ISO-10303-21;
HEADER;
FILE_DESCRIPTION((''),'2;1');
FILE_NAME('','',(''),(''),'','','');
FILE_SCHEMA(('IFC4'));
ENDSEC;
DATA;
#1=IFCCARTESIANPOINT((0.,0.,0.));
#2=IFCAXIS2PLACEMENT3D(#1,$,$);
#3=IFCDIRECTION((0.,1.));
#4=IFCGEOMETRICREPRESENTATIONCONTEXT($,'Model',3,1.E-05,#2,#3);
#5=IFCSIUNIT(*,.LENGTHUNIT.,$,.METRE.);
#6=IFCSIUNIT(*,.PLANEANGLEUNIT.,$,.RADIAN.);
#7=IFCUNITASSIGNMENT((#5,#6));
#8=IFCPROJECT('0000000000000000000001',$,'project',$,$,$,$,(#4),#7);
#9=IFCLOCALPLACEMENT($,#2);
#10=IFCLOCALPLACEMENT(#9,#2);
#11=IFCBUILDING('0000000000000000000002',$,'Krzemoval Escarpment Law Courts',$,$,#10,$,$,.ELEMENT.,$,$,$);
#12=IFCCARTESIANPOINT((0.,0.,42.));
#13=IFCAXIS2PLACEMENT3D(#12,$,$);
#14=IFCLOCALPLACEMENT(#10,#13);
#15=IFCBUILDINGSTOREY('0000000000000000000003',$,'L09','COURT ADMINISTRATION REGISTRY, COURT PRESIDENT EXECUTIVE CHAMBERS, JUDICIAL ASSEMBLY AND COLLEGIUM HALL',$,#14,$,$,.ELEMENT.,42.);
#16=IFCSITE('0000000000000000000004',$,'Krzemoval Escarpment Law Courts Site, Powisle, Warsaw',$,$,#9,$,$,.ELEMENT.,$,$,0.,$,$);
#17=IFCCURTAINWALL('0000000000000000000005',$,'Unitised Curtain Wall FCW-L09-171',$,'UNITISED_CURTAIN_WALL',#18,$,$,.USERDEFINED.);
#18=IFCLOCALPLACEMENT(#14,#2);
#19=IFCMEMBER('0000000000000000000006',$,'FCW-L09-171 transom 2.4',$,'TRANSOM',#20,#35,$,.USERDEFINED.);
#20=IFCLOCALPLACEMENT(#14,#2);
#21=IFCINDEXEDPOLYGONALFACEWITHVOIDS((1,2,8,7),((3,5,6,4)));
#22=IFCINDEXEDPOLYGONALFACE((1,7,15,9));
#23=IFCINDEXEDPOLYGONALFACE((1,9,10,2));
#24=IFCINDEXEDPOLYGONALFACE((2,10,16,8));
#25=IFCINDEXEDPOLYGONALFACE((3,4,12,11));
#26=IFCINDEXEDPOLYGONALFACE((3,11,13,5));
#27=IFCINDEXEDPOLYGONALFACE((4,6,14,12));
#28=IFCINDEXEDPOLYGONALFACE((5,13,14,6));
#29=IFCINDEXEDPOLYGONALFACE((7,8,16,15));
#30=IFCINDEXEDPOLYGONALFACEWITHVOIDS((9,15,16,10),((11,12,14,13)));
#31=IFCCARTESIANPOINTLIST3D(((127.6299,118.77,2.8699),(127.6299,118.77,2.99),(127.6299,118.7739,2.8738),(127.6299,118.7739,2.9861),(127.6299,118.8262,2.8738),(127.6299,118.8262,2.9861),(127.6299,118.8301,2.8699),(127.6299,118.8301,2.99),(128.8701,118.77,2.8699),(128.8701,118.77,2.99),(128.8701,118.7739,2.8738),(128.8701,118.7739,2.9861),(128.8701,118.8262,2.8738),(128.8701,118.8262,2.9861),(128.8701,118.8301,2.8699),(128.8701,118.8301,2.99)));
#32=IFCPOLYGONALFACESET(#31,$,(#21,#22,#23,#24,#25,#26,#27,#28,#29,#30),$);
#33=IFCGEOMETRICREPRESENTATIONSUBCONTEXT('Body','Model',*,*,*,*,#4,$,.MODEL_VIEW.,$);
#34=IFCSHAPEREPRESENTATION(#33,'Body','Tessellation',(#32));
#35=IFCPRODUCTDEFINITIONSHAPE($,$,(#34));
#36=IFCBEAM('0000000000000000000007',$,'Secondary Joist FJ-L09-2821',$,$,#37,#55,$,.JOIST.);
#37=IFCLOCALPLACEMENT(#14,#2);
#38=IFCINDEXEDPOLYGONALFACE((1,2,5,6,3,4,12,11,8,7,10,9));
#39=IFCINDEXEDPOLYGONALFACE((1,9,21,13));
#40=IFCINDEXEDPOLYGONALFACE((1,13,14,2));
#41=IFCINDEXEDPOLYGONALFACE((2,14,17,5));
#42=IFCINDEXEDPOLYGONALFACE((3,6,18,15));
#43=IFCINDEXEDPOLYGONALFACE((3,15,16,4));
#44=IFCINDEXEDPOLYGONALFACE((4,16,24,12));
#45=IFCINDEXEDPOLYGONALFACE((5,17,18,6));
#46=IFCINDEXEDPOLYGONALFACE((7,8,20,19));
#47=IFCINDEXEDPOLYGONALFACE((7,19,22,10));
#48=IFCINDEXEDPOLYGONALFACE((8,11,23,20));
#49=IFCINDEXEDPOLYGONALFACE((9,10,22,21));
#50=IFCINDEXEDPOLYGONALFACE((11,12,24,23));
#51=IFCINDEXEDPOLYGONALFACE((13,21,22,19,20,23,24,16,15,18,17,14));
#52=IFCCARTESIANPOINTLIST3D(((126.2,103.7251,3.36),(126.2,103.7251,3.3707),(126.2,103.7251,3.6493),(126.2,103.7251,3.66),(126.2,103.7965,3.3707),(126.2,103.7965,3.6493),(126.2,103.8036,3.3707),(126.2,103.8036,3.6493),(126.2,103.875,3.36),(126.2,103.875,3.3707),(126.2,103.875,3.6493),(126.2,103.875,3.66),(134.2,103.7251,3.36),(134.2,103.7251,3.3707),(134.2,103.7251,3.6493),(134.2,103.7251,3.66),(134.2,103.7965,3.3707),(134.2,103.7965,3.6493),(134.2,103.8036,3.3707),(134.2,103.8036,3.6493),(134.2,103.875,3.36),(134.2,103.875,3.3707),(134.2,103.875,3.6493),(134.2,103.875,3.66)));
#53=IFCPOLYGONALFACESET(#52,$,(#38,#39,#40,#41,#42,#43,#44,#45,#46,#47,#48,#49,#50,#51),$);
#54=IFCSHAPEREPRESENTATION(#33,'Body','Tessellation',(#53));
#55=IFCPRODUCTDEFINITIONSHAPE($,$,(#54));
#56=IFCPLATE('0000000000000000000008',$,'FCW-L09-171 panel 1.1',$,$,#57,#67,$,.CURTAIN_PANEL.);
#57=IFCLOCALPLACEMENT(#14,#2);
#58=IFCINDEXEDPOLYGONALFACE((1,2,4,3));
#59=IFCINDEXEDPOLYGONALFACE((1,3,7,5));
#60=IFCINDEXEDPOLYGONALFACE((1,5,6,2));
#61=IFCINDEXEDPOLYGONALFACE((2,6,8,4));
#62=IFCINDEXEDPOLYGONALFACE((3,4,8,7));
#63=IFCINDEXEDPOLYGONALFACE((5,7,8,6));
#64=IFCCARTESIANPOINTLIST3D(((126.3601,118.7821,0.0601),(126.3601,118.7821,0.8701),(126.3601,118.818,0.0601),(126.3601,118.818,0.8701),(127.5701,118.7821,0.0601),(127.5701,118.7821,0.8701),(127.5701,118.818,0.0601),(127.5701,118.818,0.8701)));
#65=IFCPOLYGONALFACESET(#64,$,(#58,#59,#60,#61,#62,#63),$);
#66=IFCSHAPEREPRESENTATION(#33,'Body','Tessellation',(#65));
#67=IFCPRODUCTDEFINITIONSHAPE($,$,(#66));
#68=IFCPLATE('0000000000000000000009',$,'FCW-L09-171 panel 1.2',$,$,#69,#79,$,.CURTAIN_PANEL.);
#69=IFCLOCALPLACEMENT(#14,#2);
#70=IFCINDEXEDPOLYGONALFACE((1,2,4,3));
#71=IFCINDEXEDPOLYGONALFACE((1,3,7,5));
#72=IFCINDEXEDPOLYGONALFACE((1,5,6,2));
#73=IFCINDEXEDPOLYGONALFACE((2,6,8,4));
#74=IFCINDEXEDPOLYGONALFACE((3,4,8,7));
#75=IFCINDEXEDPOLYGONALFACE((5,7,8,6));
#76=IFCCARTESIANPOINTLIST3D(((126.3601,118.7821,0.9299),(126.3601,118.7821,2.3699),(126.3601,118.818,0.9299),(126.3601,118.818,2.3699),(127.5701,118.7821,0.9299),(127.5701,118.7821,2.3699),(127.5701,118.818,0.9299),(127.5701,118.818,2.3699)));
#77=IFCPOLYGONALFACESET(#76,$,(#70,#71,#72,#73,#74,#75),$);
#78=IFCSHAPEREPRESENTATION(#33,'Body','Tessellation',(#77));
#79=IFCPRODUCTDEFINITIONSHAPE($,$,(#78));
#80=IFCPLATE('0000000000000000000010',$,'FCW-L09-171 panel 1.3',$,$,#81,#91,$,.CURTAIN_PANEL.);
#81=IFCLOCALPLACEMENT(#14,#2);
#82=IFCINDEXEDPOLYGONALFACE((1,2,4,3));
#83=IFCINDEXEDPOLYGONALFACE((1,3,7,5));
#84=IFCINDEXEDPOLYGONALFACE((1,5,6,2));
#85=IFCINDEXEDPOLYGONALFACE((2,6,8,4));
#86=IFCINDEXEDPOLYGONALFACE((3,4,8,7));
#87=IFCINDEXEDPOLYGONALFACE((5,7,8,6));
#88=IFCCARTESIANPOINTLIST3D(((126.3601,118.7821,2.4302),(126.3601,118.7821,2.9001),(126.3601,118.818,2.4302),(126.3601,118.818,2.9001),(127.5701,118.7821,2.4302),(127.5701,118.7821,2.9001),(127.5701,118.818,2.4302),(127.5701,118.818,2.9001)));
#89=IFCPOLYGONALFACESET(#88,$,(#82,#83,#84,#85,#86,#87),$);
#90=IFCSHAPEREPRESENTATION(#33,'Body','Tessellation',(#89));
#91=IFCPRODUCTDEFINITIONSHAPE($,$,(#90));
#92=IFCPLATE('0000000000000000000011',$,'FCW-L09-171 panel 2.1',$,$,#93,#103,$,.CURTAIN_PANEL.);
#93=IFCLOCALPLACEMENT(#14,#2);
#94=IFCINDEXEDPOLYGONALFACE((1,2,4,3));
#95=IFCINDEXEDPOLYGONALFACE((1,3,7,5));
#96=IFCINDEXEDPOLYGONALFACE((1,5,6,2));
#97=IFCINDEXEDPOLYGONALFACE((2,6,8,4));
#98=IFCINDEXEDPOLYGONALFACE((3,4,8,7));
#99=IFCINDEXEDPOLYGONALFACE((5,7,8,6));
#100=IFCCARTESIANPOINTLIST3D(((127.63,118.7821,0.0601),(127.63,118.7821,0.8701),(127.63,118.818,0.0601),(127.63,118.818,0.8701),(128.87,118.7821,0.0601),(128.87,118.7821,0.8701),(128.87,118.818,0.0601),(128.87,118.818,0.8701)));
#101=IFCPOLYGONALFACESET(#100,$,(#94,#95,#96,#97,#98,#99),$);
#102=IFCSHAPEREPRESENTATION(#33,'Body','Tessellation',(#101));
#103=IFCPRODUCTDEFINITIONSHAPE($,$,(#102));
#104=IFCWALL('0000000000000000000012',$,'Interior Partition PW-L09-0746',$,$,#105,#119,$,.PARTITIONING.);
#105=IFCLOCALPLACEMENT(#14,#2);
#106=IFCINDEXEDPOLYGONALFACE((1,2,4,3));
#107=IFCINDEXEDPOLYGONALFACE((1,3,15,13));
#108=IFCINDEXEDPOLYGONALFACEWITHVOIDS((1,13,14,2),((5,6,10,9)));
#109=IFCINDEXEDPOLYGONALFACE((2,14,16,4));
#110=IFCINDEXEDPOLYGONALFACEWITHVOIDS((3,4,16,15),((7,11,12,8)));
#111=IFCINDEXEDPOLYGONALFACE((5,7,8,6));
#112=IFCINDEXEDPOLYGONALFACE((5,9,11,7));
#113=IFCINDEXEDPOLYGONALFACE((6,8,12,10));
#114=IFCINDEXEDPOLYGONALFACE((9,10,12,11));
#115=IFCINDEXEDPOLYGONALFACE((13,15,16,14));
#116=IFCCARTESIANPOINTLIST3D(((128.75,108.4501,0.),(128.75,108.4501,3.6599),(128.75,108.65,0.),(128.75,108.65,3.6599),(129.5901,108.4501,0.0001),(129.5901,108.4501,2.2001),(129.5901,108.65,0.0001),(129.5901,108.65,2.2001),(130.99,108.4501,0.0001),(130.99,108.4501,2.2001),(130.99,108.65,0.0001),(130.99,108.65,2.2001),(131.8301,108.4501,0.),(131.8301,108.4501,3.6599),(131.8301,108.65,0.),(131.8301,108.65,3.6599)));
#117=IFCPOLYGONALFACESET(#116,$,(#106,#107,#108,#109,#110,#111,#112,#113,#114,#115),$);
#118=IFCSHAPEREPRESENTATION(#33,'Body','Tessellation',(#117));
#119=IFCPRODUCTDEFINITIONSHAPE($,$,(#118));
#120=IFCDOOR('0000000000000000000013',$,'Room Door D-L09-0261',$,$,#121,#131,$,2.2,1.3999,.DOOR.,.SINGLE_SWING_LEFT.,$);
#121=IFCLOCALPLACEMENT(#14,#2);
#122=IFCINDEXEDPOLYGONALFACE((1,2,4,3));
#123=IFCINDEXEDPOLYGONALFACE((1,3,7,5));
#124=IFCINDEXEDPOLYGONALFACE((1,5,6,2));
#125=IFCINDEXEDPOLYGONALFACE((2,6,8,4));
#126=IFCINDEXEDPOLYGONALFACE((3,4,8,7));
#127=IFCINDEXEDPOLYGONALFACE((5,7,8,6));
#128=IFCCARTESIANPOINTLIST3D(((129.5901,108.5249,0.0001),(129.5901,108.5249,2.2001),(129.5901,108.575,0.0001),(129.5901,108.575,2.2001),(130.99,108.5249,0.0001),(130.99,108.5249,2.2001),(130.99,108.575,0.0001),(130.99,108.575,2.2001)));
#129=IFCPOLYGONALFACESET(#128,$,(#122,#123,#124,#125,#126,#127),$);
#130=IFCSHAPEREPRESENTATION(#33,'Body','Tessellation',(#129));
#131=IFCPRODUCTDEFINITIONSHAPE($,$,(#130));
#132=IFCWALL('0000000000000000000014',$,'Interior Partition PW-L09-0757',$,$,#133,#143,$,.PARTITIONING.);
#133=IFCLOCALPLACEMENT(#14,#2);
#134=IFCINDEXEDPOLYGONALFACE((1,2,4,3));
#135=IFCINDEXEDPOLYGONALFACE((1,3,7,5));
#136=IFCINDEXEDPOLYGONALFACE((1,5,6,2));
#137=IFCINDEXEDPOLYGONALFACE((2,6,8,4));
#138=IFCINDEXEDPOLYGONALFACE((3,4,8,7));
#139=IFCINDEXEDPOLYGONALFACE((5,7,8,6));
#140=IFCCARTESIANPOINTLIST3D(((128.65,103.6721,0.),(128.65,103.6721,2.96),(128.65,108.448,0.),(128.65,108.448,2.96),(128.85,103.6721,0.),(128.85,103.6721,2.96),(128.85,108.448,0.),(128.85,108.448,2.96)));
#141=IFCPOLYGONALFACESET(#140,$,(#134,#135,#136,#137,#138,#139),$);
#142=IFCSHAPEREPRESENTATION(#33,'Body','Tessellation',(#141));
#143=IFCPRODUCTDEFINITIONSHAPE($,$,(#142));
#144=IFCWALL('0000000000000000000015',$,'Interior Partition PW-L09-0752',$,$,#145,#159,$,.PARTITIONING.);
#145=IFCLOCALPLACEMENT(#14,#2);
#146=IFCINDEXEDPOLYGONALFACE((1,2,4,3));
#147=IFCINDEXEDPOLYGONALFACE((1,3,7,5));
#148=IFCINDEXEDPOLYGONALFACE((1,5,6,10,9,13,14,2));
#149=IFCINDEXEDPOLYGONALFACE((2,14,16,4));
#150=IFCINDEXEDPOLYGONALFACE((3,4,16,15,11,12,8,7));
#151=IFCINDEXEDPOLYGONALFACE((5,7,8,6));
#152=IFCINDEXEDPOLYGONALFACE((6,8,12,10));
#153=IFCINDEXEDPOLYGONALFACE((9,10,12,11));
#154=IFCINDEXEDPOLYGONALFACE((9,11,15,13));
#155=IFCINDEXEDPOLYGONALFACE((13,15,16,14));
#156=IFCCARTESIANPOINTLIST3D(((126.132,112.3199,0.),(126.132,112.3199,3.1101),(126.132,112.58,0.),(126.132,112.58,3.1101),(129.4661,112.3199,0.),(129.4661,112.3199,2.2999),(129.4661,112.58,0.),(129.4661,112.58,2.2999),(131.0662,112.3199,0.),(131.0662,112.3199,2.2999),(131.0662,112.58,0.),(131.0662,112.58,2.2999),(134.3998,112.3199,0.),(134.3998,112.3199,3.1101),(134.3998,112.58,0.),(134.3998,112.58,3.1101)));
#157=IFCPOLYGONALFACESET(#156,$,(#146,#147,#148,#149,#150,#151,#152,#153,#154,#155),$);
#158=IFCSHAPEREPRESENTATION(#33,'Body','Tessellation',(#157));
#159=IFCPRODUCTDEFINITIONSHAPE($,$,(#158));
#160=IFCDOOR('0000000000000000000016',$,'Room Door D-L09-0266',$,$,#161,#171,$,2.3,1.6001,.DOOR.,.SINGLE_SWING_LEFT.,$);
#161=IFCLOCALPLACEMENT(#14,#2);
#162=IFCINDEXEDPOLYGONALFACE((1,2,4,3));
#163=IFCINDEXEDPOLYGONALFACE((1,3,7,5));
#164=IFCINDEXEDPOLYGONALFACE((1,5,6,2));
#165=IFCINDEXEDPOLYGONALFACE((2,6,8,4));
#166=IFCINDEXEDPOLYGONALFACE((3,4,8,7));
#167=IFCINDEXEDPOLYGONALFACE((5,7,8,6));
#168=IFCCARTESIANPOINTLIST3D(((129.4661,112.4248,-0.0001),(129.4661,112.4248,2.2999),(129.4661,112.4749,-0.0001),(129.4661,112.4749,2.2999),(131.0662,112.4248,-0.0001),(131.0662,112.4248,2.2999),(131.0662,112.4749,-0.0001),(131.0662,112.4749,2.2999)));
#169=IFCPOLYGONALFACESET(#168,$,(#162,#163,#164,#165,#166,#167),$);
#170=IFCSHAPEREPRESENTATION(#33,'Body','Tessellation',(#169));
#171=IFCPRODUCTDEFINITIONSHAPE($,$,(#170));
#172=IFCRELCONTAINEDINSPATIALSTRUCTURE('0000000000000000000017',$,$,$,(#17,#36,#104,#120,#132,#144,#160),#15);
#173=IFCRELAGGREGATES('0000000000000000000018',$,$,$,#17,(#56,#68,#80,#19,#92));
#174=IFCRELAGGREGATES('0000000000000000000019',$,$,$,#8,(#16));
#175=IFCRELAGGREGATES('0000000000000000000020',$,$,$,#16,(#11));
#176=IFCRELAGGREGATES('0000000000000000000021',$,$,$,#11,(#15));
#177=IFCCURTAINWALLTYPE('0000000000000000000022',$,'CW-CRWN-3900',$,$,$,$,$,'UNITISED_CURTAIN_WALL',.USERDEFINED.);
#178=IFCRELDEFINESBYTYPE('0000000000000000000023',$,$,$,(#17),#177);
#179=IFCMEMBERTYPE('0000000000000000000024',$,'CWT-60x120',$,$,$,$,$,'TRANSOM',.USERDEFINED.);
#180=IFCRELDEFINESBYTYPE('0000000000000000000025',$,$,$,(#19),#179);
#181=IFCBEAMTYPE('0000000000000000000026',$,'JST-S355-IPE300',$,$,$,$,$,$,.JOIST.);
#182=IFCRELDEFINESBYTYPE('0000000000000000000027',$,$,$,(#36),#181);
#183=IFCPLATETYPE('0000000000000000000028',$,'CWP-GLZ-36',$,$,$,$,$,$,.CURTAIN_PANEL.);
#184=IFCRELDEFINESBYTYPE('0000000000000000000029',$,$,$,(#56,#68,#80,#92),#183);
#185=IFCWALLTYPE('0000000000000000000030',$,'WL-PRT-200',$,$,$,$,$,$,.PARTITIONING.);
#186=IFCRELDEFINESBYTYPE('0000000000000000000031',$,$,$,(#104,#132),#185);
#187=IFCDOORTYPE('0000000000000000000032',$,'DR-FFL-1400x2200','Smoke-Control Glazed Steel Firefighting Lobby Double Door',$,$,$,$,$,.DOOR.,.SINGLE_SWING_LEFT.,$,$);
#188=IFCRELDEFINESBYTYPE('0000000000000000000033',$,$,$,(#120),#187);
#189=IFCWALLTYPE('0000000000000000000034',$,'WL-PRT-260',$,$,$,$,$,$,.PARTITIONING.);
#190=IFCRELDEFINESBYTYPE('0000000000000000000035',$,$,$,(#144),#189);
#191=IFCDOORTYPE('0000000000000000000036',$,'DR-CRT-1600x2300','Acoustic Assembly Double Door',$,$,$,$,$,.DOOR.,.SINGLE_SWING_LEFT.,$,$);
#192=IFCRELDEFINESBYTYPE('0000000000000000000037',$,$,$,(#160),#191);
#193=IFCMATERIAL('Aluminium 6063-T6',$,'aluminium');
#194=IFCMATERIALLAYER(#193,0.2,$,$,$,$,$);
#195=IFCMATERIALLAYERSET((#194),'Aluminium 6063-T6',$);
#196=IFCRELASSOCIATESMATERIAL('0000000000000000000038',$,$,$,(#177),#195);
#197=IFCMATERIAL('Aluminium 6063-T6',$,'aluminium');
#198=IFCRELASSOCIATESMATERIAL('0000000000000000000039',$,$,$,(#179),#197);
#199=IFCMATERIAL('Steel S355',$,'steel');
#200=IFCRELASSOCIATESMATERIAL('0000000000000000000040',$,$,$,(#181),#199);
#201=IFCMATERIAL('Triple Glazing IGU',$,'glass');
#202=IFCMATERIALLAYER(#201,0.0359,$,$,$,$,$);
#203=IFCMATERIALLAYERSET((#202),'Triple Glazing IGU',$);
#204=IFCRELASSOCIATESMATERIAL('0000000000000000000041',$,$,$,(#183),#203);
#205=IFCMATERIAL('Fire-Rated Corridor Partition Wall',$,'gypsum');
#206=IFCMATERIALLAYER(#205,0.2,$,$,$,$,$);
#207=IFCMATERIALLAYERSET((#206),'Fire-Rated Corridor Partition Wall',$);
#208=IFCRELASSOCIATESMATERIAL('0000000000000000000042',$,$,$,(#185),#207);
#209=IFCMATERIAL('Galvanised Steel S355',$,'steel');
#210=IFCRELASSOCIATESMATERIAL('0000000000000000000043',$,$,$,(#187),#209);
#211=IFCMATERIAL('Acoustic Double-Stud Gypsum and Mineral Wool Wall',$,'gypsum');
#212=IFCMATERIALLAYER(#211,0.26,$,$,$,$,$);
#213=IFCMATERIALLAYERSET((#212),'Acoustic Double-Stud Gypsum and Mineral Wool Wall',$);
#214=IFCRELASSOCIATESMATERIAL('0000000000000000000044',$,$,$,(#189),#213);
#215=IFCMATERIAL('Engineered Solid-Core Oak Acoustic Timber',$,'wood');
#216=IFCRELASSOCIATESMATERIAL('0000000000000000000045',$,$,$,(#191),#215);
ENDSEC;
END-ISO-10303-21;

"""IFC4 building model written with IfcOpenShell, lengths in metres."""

from ifc_helpers import new_model, si_unit, direction, frame, frame_2d, origin, origin_2d, place, context, subcontext, project, spatial, rectangle, hollow_rectangle, i_section, extrude, material, layer, layer_set, material_profile, profile_set, type_object, element, fill, aggregate, save


model = new_model("IFC4")

# Units and contexts
model_context = context("Model", 3, precision=1e-05, world=origin(), true_north=direction((0.0, 1.0)))
body_context = subcontext(model_context, "Body", "Model", "MODEL_VIEW")
ifc_project = project(units=[si_unit("LENGTHUNIT", "METRE"), si_unit("PLANEANGLEUNIT", "RADIAN")], contexts=[model_context])

# Site, building, storey
site_placement = place(None, origin())
site = spatial("IfcSite", under=ifc_project, at=site_placement, Name="Krzemoval Escarpment Law Courts Site, Powisle, Warsaw", CompositionType="ELEMENT", RefElevation=0.0)
building_placement = place(site_placement, origin())
building = spatial("IfcBuilding", under=site, at=building_placement, Name="Krzemoval Escarpment Law Courts", CompositionType="ELEMENT")
storey_placement = place(building_placement, frame((0.0, 0.0, 42.0)))
storey = spatial("IfcBuildingStorey", under=building, at=storey_placement, Name="L09", Description="COURT ADMINISTRATION REGISTRY, COURT PRESIDENT EXECUTIVE CHAMBERS, JUDICIAL ASSEMBLY AND COLLEGIUM HALL", CompositionType="ELEMENT", Elevation=42.0)

# Curtain wall, member
ifc_material_1 = material(Name="Aluminium 6063-T6", Category="aluminium")
ifc_layer_1 = layer(ifc_material_1, 0.2)
ifc_layer_set_1 = layer_set([ifc_layer_1], Name="Aluminium 6063-T6")
curtain_wall_type = type_object("IfcCurtainWallType", Name="CW-CRWN-3900", ElementType="UNITISED_CURTAIN_WALL", PredefinedType="USERDEFINED", material=ifc_layer_set_1)
curtain_wall_placement = place(storey_placement, origin())
curtain_wall = element("IfcCurtainWall", 1, at=curtain_wall_placement, inside=storey, type_object=curtain_wall_type, Name="Unitised Curtain Wall FCW-L09-171", ObjectType="UNITISED_CURTAIN_WALL", PredefinedType="USERDEFINED")
ifc_material_2 = material(Name="Aluminium 6063-T6", Category="aluminium")
ifc_material_profile_1 = material_profile(ifc_material_2, hollow_rectangle(XDim=0.0601, YDim=0.1201, WallThickness=0.0039, at=origin_2d()), Name="ALU T60x120")
ifc_profile_set_1 = profile_set([ifc_material_profile_1], Name="Aluminium 6063-T6")
member_type_1 = type_object("IfcMemberType", Name="CWT-60x120", ElementType="TRANSOM", PredefinedType="USERDEFINED", material=ifc_profile_set_1)
member_1_placement = place(storey_placement, frame((127.6299, 118.8, 2.9299), z_axis=(1.0, 0.0, 0.0), x_axis=(0.0, 1.0, 0.0)))
member_1 = element("IfcMember", 2, at=member_1_placement, type_object=member_type_1, Name="FCW-L09-171 transom 2.4", ObjectType="TRANSOM", PredefinedType="USERDEFINED", context=body_context, shape_type="SweptSolid", body=[
    extrude(hollow_rectangle(XDim=0.0601, YDim=0.1201, WallThickness=0.0039, at=origin_2d()), origin(), (0.0, 0.0, 1.0), 1.2402),
])

# Beam
ifc_material_3 = material(Name="Steel S355", Category="steel")
ifc_material_profile_2 = material_profile(ifc_material_3, i_section(OverallWidth=0.1499, OverallDepth=0.3, WebThickness=0.0071, FlangeThickness=0.0107, at=origin_2d()), Name="IPE 300")
ifc_profile_set_2 = profile_set([ifc_material_profile_2], Name="Steel S355")
beam_type_1 = type_object("IfcBeamType", Name="JST-S355-IPE300", PredefinedType="JOIST", material=ifc_profile_set_2)
beam_placement = place(storey_placement, frame((126.2, 103.8, 3.51), z_axis=(1.0, 0.0, 0.0), x_axis=(0.0, 1.0, 0.0)))
element("IfcBeam", 3, at=beam_placement, inside=storey, type_object=beam_type_1, Name="Secondary Joist FJ-L09-2821", PredefinedType="JOIST", context=body_context, shape_type="SweptSolid", body=[
    extrude(i_section(OverallWidth=0.1499, OverallDepth=0.3, WebThickness=0.0071, FlangeThickness=0.0107, at=origin_2d()), origin(), (0.0, 0.0, 1.0), 8.0),
])

# Plates
ifc_material_4 = material(Name="Triple Glazing IGU", Category="glass")
ifc_layer_2 = layer(ifc_material_4, 0.0359)
ifc_layer_set_2 = layer_set([ifc_layer_2], Name="Triple Glazing IGU")
plate_type = type_object("IfcPlateType", Name="CWP-GLZ-36", PredefinedType="CURTAIN_PANEL", material=ifc_layer_set_2)
plate_1_placement = place(storey_placement, frame((126.9651, 118.8, 0.0601), z_axis=(0.0, 0.0, 1.0), x_axis=(1.0, 0.0, 0.0)))
plate_1 = element("IfcPlate", 4, at=plate_1_placement, type_object=plate_type, Name="FCW-L09-171 panel 1.1", PredefinedType="CURTAIN_PANEL", context=body_context, shape_type="SweptSolid", body=[
    extrude(rectangle(XDim=1.21, YDim=0.0359, at=origin_2d()), origin(), (0.0, 0.0, 1.0), 0.8101),
])
plate_2_placement = place(storey_placement, frame((126.9651, 118.8, 0.9299), z_axis=(0.0, 0.0, 1.0), x_axis=(1.0, 0.0, 0.0)))
plate_2 = element("IfcPlate", 5, at=plate_2_placement, type_object=plate_type, Name="FCW-L09-171 panel 1.2", PredefinedType="CURTAIN_PANEL", context=body_context, shape_type="SweptSolid", body=[
    extrude(rectangle(XDim=1.21, YDim=0.0359, at=origin_2d()), origin(), (0.0, 0.0, 1.0), 1.4399),
])
plate_3_placement = place(storey_placement, frame((126.9651, 118.8, 2.4302), z_axis=(0.0, 0.0, 1.0), x_axis=(1.0, 0.0, 0.0)))
plate_3 = element("IfcPlate", 6, at=plate_3_placement, type_object=plate_type, Name="FCW-L09-171 panel 1.3", PredefinedType="CURTAIN_PANEL", context=body_context, shape_type="SweptSolid", body=[
    extrude(rectangle(XDim=1.21, YDim=0.0359, at=origin_2d()), origin(), (0.0, 0.0, 1.0), 0.47),
])
plate_4_placement = place(storey_placement, frame((128.25, 118.8, 0.0601), z_axis=(0.0, 0.0, 1.0), x_axis=(1.0, 0.0, 0.0)))
plate_4 = element("IfcPlate", 7, at=plate_4_placement, type_object=plate_type, Name="FCW-L09-171 panel 2.1", PredefinedType="CURTAIN_PANEL", context=body_context, shape_type="SweptSolid", body=[
    extrude(rectangle(XDim=1.24, YDim=0.0359, at=origin_2d()), origin(), (0.0, 0.0, 1.0), 0.8101),
])
aggregate(curtain_wall, [plate_1, plate_2, plate_3, member_1, plate_4])

# Wall, opening, door
ifc_material_5 = material(Name="Fire-Rated Corridor Partition Wall", Category="gypsum")
ifc_layer_3 = layer(ifc_material_5, 0.2)
ifc_layer_set_3 = layer_set([ifc_layer_3], Name="Fire-Rated Corridor Partition Wall")
wall_type_1 = type_object("IfcWallType", Name="WL-PRT-200", PredefinedType="PARTITIONING", material=ifc_layer_set_3)
wall_1_placement = place(storey_placement, frame((128.75, 108.55, 0.0), z_axis=(0.0, 0.0, 1.0), x_axis=(1.0, 0.0, 0.0)))
wall_1 = element("IfcWall", 8, at=wall_1_placement, inside=storey, type_object=wall_type_1, Name="Interior Partition PW-L09-0746", PredefinedType="PARTITIONING", context=body_context, shape_type="SweptSolid", body=[
    extrude(rectangle(XDim=3.0801, YDim=0.2, at=frame_2d((1.54, 0.0))), origin(), (0.0, 0.0, 1.0), 3.6599),
])
opening_1_placement = place(wall_1_placement, frame((0.8401, 0.0, 0.0)))
opening_1 = element("IfcOpeningElement", 9, at=opening_1_placement, cuts=wall_1, PredefinedType="OPENING", context=body_context, shape_type="SweptSolid", body=[
    extrude(rectangle(XDim=1.3999, YDim=2.2, at=frame_2d((0.7, 1.1001))), frame((0.0, 0.115, 0.0), z_axis=(0.0, -1.0, 0.0), x_axis=(1.0, 0.0, 0.0)), (0.0, 0.0, 1.0), 0.2299),
])
ifc_material_6 = material(Name="Galvanised Steel S355", Category="steel")
door_type_1 = type_object("IfcDoorType", Name="DR-FFL-1400x2200", Description="Smoke-Control Glazed Steel Firefighting Lobby Double Door", OperationType="SINGLE_SWING_LEFT", PredefinedType="DOOR", material=ifc_material_6)
door_1_placement = place(opening_1_placement, origin())
door_1 = element("IfcDoor", 10, at=door_1_placement, inside=storey, type_object=door_type_1, Name="Room Door D-L09-0261", OperationType="SINGLE_SWING_LEFT", OverallHeight=2.2, OverallWidth=1.3999, PredefinedType="DOOR", context=body_context, shape_type="SweptSolid", body=[
    extrude(rectangle(XDim=1.3999, YDim=2.2, at=frame_2d((0.7, 1.1001))), frame((0.0, 0.0249, 0.0), z_axis=(0.0, -1.0, 0.0), x_axis=(1.0, 0.0, 0.0)), (0.0, 0.0, 1.0), 0.05),
])
fill(opening_1, door_1)

# Wall
wall_2_placement = place(storey_placement, frame((128.75, 103.6721, 0.0), z_axis=(0.0, 0.0, 1.0), x_axis=(0.0, 1.0, 0.0)))
element("IfcWall", 11, at=wall_2_placement, inside=storey, type_object=wall_type_1, Name="Interior Partition PW-L09-0757", PredefinedType="PARTITIONING", context=body_context, shape_type="SweptSolid", body=[
    extrude(rectangle(XDim=4.7759, YDim=0.2, at=frame_2d((2.3879, 0.0))), origin(), (0.0, 0.0, 1.0), 2.96),
])

# Wall, opening, door
ifc_material_7 = material(Name="Acoustic Double-Stud Gypsum and Mineral Wool Wall", Category="gypsum")
ifc_layer_4 = layer(ifc_material_7, 0.26)
ifc_layer_set_4 = layer_set([ifc_layer_4], Name="Acoustic Double-Stud Gypsum and Mineral Wool Wall")
wall_type_2 = type_object("IfcWallType", Name="WL-PRT-260", PredefinedType="PARTITIONING", material=ifc_layer_set_4)
wall_3_placement = place(storey_placement, frame((126.1321, 112.45, 0.0), z_axis=(0.0, 0.0, 1.0), x_axis=(1.0, 0.0, 0.0)))
wall_3 = element("IfcWall", 12, at=wall_3_placement, inside=storey, type_object=wall_type_2, Name="Interior Partition PW-L09-0752", PredefinedType="PARTITIONING", context=body_context, shape_type="SweptSolid", body=[
    extrude(rectangle(XDim=8.2678, YDim=0.26, at=frame_2d((4.1338, 0.0))), origin(), (0.0, 0.0, 1.0), 3.1101),
])
opening_2_placement = place(wall_3_placement, frame((3.334, 0.0, 0.0)))
opening_2 = element("IfcOpeningElement", 13, at=opening_2_placement, cuts=wall_3, PredefinedType="OPENING", context=body_context, shape_type="SweptSolid", body=[
    extrude(rectangle(XDim=1.6001, YDim=2.3, at=frame_2d((0.8, 1.1499))), frame((0.0, 0.145, 0.0), z_axis=(0.0, -1.0, 0.0), x_axis=(1.0, 0.0, 0.0)), (0.0, 0.0, 1.0), 0.29),
])
ifc_material_8 = material(Name="Engineered Solid-Core Oak Acoustic Timber", Category="wood")
door_type_2 = type_object("IfcDoorType", Name="DR-CRT-1600x2300", Description="Acoustic Assembly Double Door", OperationType="SINGLE_SWING_LEFT", PredefinedType="DOOR", material=ifc_material_8)
door_2_placement = place(opening_2_placement, origin())
door_2 = element("IfcDoor", 14, at=door_2_placement, inside=storey, type_object=door_type_2, Name="Room Door D-L09-0266", OperationType="SINGLE_SWING_LEFT", OverallHeight=2.3, OverallWidth=1.6001, PredefinedType="DOOR", context=body_context, shape_type="SweptSolid", body=[
    extrude(rectangle(XDim=1.6001, YDim=2.3, at=frame_2d((0.8, 1.1499))), frame((0.0, 0.0249, 0.0), z_axis=(0.0, -1.0, 0.0), x_axis=(1.0, 0.0, 0.0)), (0.0, 0.0, 1.0), 0.05),
])
fill(opening_2, door_2)

save(model, "model.ifc")
